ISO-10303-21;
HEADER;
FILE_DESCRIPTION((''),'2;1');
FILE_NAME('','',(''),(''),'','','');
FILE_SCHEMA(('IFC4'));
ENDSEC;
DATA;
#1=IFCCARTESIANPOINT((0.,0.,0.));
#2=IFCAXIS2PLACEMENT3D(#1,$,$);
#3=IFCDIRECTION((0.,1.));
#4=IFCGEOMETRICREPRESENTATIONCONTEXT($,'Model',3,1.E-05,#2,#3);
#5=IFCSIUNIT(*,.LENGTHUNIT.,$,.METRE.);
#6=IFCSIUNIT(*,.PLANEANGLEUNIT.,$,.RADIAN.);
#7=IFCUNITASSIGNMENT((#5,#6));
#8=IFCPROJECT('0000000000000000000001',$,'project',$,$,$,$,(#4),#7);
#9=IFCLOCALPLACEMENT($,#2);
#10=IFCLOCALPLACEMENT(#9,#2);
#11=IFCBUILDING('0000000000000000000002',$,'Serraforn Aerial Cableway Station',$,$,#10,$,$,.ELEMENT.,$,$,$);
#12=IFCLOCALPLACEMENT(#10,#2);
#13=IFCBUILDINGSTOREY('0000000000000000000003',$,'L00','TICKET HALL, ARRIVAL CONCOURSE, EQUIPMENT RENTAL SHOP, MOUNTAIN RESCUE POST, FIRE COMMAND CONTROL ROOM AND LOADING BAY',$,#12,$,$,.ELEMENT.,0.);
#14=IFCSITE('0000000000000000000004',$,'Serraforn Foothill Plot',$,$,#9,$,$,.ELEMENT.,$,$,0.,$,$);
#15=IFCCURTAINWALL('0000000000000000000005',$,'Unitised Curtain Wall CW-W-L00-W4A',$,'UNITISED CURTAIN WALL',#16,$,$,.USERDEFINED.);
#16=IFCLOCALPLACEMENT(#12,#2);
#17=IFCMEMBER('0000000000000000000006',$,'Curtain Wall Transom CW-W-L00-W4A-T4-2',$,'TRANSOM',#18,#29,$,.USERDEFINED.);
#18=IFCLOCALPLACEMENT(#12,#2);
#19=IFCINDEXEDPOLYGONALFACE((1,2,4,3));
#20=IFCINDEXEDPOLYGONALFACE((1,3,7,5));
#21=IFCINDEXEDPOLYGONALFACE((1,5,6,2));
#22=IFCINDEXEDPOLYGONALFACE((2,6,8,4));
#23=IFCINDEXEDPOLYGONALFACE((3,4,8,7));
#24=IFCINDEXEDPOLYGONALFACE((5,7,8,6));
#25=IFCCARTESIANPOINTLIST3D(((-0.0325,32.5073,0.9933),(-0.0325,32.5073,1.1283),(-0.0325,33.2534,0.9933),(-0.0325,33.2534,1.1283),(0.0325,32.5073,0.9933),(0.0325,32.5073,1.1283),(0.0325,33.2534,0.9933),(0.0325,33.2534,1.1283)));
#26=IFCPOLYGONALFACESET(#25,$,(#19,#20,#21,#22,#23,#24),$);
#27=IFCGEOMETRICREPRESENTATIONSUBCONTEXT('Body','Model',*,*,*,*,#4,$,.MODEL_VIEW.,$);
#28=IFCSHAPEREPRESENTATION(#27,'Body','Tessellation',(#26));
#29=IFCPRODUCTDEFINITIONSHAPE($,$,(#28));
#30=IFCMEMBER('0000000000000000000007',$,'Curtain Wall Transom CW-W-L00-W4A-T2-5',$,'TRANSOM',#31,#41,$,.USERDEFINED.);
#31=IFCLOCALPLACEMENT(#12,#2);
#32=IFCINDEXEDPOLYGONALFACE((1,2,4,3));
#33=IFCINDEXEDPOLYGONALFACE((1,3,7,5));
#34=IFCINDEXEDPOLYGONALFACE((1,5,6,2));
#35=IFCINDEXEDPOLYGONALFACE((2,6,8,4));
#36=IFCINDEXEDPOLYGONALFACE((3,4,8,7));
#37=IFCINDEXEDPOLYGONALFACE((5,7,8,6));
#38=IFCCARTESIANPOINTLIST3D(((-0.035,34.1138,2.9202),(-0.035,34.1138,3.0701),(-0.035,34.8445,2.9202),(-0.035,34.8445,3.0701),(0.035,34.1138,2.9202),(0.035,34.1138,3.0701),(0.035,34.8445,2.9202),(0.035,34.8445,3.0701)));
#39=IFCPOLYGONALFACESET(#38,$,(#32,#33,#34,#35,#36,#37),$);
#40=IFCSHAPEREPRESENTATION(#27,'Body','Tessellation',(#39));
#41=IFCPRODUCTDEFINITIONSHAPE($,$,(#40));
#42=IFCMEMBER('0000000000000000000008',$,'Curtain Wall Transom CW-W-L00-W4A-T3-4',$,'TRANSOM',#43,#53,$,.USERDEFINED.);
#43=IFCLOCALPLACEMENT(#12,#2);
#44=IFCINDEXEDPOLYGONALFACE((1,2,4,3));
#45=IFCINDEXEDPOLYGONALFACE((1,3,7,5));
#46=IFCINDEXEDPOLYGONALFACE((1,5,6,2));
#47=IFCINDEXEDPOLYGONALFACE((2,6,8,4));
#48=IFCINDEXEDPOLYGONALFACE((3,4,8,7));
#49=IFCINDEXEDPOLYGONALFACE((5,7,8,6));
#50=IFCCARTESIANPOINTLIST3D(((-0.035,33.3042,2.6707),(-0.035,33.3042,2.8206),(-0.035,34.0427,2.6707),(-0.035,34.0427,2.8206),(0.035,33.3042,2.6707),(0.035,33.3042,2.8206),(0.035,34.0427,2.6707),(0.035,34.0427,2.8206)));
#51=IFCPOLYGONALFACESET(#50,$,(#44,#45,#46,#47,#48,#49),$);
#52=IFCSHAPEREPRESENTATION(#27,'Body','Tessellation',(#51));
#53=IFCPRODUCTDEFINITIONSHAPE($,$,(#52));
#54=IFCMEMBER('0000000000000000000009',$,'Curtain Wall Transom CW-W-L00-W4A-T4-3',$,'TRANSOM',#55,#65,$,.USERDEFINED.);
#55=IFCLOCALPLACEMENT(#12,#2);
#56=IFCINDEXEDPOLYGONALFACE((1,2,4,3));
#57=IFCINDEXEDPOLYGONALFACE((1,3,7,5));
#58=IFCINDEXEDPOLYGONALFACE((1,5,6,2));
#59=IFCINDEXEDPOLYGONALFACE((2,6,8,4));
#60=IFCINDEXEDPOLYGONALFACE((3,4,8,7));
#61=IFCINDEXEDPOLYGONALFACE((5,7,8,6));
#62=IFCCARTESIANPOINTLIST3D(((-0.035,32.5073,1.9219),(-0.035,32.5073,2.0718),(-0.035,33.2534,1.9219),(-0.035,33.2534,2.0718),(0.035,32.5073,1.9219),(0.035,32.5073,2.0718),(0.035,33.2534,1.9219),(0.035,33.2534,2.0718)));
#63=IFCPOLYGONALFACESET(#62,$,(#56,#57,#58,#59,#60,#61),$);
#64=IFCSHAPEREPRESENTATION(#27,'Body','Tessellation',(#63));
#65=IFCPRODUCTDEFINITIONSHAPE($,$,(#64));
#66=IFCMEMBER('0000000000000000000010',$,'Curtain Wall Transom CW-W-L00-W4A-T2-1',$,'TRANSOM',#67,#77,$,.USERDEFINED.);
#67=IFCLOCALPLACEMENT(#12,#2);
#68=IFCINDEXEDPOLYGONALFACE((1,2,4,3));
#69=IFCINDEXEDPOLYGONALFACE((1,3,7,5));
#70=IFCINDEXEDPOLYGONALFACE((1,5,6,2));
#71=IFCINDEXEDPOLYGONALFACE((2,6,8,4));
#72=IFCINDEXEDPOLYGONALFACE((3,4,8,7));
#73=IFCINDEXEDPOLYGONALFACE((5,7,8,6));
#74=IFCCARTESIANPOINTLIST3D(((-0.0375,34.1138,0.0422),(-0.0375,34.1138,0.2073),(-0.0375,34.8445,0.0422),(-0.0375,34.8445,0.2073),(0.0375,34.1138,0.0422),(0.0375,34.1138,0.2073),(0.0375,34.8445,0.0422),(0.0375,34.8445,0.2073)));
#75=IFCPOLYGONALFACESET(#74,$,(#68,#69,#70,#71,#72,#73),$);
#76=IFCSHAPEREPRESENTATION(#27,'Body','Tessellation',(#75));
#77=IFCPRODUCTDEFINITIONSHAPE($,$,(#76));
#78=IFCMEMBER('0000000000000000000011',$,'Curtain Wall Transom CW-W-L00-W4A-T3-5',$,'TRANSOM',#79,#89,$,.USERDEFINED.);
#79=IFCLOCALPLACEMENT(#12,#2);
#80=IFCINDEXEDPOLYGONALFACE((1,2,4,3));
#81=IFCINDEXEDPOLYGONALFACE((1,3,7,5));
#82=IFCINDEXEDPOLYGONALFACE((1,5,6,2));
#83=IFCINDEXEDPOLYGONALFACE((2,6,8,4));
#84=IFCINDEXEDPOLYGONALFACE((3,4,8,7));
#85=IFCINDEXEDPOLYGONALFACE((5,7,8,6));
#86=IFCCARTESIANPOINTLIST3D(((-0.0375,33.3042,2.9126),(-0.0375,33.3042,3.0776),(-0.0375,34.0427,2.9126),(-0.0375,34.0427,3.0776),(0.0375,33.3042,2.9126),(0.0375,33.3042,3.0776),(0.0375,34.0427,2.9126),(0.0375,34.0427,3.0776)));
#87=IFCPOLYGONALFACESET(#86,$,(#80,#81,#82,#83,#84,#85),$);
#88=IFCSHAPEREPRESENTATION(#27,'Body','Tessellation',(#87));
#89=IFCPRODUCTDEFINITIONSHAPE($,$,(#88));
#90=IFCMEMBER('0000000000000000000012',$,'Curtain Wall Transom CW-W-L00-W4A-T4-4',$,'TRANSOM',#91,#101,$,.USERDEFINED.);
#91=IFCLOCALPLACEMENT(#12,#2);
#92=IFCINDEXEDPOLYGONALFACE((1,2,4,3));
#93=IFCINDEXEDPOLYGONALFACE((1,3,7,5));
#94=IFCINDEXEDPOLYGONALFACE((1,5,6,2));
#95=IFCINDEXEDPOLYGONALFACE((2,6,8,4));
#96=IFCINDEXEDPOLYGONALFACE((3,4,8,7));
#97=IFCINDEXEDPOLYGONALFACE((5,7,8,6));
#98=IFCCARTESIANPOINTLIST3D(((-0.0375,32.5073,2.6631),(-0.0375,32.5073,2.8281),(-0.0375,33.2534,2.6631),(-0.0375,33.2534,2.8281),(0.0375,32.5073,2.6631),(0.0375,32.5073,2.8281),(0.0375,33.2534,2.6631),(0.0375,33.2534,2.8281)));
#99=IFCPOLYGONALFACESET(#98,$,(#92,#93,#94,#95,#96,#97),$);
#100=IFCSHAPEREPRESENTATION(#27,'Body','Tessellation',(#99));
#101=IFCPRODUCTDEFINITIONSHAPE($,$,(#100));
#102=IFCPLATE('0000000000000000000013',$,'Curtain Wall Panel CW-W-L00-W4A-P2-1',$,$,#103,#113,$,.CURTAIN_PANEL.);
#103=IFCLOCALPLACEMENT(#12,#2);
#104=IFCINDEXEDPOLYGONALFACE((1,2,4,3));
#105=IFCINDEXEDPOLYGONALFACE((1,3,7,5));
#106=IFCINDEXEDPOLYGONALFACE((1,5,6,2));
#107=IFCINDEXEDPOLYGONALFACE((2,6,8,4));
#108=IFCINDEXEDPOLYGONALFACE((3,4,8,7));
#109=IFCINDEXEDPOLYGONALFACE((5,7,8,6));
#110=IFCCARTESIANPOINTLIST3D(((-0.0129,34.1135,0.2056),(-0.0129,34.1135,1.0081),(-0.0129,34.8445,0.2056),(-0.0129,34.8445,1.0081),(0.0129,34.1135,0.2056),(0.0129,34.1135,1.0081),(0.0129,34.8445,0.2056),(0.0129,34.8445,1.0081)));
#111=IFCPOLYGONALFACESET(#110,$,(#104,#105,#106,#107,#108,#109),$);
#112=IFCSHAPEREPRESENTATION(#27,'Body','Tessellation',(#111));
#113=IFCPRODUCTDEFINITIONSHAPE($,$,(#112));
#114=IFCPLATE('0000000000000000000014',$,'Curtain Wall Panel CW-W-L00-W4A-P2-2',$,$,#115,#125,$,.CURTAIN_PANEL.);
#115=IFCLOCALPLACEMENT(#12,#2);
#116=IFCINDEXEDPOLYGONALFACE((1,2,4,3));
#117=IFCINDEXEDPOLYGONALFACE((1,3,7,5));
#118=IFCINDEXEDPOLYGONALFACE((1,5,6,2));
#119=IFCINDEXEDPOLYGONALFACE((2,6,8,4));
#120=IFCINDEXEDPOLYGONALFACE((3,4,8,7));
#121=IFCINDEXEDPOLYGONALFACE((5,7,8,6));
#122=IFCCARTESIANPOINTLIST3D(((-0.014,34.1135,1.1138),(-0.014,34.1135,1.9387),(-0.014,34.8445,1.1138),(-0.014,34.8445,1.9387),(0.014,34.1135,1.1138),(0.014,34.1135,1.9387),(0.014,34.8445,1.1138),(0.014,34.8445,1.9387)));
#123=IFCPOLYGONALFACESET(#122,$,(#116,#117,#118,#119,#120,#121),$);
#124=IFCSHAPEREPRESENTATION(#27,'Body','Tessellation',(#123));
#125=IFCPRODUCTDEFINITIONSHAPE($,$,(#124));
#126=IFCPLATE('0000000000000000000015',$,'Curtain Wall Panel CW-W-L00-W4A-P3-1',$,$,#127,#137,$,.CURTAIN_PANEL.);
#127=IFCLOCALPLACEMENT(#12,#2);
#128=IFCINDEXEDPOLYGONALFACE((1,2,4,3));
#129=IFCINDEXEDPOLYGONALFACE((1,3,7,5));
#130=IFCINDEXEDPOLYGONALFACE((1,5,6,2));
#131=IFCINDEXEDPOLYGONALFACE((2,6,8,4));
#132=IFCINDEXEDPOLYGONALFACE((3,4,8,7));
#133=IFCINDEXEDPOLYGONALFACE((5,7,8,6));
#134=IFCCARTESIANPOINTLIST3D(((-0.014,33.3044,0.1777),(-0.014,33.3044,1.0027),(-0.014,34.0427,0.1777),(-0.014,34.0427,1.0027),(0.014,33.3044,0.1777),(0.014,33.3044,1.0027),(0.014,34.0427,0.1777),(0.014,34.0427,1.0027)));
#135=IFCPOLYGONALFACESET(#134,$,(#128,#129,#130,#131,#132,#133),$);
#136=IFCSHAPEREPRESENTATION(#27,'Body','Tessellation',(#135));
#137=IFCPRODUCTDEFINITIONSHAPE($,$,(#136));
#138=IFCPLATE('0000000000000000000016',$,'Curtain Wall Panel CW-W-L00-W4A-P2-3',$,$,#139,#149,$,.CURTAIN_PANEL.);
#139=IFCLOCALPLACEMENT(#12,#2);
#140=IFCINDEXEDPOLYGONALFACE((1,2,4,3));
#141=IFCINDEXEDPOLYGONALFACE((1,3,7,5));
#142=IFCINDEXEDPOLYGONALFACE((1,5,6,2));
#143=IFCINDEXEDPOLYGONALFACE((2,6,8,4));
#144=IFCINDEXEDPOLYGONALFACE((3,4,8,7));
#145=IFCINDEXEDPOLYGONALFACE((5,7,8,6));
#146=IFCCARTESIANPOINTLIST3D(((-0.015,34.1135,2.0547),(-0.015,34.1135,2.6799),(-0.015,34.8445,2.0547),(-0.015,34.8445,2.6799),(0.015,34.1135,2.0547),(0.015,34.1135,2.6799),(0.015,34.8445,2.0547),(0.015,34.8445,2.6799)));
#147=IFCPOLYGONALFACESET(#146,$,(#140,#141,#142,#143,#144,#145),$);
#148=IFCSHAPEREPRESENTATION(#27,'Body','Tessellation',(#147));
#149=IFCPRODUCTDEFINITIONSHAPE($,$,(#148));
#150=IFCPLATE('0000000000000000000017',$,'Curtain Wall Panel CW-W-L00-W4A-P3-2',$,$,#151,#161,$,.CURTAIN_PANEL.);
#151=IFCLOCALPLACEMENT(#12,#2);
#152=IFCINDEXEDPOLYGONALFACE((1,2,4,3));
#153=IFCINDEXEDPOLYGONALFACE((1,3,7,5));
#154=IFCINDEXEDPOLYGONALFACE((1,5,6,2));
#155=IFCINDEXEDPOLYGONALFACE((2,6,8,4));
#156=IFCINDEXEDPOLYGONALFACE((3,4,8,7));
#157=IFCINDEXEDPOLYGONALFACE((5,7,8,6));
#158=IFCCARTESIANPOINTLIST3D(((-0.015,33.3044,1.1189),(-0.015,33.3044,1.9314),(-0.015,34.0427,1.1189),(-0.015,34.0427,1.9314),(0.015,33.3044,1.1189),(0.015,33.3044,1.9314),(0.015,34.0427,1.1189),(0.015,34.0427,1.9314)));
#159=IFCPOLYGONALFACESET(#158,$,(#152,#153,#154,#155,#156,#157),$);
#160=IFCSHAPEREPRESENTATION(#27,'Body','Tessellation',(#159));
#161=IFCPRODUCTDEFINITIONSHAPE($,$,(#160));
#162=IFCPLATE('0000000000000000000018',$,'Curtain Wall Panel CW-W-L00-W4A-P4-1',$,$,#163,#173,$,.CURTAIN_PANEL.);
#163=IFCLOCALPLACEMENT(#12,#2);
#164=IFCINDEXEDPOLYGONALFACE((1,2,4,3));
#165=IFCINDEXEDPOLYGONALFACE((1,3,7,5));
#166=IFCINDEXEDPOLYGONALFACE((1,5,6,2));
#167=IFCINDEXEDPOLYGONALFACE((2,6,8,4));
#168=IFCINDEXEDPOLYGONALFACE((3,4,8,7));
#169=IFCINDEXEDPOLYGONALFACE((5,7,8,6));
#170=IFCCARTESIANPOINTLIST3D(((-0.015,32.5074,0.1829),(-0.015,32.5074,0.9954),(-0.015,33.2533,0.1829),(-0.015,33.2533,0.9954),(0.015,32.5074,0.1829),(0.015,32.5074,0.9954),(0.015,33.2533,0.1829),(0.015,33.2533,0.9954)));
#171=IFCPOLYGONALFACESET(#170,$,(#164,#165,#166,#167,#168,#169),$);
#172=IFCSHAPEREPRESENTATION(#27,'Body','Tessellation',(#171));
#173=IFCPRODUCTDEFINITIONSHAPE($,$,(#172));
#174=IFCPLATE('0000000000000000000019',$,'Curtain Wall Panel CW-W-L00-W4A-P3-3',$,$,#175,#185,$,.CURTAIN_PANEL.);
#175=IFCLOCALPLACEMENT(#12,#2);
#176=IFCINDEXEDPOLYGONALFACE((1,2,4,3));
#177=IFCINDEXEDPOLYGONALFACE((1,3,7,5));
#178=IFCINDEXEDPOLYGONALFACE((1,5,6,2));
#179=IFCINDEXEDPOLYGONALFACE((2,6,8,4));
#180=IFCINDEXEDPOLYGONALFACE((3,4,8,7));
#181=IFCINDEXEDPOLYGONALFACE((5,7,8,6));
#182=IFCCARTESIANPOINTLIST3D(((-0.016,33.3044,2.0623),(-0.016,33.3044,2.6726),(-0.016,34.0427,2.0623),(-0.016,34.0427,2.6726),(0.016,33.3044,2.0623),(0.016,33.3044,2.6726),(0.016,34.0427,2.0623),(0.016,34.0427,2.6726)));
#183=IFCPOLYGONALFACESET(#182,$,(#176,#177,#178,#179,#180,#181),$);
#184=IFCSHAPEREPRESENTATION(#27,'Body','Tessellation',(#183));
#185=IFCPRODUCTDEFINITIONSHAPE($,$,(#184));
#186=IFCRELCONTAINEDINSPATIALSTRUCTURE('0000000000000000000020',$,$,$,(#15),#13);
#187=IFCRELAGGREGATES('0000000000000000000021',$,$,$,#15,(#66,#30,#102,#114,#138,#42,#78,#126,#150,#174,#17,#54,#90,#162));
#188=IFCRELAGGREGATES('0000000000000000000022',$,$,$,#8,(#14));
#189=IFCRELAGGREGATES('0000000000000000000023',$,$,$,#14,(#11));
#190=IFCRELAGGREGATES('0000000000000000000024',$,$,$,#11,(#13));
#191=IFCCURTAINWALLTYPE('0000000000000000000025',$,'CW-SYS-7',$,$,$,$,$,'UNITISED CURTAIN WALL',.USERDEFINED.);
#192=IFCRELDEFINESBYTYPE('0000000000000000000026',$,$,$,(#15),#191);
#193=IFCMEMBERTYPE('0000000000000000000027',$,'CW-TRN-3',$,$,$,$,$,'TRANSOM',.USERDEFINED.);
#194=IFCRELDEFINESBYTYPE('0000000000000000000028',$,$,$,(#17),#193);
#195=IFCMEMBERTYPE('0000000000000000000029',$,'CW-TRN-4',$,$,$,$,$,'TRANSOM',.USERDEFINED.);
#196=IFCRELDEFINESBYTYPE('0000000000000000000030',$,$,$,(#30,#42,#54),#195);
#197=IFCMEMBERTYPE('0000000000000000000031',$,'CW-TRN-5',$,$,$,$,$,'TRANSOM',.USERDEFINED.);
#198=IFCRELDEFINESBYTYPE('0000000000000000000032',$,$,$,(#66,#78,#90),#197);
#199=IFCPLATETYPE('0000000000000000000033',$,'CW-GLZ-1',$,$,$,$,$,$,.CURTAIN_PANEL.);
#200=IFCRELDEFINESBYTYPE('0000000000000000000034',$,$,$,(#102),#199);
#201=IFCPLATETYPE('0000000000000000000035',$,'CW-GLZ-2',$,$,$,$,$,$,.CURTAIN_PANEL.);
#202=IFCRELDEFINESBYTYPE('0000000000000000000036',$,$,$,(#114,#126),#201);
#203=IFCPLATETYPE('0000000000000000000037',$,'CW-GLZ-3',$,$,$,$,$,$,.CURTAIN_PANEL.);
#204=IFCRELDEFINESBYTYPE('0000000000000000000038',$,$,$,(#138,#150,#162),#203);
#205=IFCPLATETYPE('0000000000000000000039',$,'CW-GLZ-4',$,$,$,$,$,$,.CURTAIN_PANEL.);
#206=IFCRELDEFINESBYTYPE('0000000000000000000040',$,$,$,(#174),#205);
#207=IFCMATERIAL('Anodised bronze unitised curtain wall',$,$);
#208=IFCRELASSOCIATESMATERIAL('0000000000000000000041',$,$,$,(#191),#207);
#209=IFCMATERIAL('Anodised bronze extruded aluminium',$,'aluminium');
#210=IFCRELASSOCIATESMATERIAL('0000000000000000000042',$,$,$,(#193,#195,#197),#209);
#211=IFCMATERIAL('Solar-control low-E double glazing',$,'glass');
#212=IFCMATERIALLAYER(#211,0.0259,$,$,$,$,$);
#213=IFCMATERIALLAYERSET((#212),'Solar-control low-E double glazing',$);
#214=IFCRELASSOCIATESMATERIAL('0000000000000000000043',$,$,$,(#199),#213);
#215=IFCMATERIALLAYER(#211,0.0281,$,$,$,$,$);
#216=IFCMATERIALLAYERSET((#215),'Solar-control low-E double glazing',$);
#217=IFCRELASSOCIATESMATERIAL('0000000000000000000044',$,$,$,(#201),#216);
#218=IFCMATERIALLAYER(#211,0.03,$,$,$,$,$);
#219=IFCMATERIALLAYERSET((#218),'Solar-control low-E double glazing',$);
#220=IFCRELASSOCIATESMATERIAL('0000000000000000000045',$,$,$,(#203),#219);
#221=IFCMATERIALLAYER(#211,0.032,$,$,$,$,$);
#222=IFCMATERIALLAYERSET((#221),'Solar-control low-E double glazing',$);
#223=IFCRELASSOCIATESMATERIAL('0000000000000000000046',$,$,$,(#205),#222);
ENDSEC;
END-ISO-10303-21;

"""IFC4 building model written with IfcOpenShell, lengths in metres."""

from ifc_helpers import new_model, si_unit, direction, frame, origin, origin_2d, place, context, subcontext, project, spatial, rectangle, extrude, material, layer, layer_set, material_profile, profile_set, type_object, element, aggregate, save


model = new_model("IFC4")

# Units and contexts
model_context = context("Model", 3, precision=1e-05, world=origin(), true_north=direction((0.0, 1.0)))
body_context = subcontext(model_context, "Body", "Model", "MODEL_VIEW")
ifc_project = project(units=[si_unit("LENGTHUNIT", "METRE"), si_unit("PLANEANGLEUNIT", "RADIAN")], contexts=[model_context])

# Site, building, storey
site_placement = place(None, origin())
site = spatial("IfcSite", under=ifc_project, at=site_placement, Name="Serraforn Foothill Plot", CompositionType="ELEMENT", RefElevation=0.0)
building_placement = place(site_placement, origin())
building = spatial("IfcBuilding", under=site, at=building_placement, Name="Serraforn Aerial Cableway Station", CompositionType="ELEMENT")
storey_placement = place(building_placement, origin())
storey = spatial("IfcBuildingStorey", under=building, at=storey_placement, Name="L00", Description="TICKET HALL, ARRIVAL CONCOURSE, EQUIPMENT RENTAL SHOP, MOUNTAIN RESCUE POST, FIRE COMMAND CONTROL ROOM AND LOADING BAY", CompositionType="ELEMENT", Elevation=0.0)

# Curtain wall, members, plates
ifc_material_1 = material(Name="Anodised bronze unitised curtain wall")
curtain_wall_type = type_object("IfcCurtainWallType", Name="CW-SYS-7", ElementType="UNITISED CURTAIN WALL", PredefinedType="USERDEFINED", material=ifc_material_1)
curtain_wall_placement = place(storey_placement, origin())
curtain_wall = element("IfcCurtainWall", 1, at=curtain_wall_placement, inside=storey, type_object=curtain_wall_type, Name="Unitised Curtain Wall CW-W-L00-W4A", ObjectType="UNITISED CURTAIN WALL", PredefinedType="USERDEFINED")
ifc_material_2 = material(Name="Anodised bronze extruded aluminium", Category="aluminium")
ifc_material_profile_1 = material_profile(ifc_material_2, rectangle(XDim=0.0649, YDim=0.135, at=origin_2d()), Name="CW TRANSOM 65x135")
ifc_profile_set_1 = profile_set([ifc_material_profile_1], Name="Anodised bronze extruded aluminium")
member_type_1 = type_object("IfcMemberType", Name="CW-TRN-3", ElementType="TRANSOM", PredefinedType="USERDEFINED", material=ifc_profile_set_1)
member_1_placement = place(storey_placement, frame((0.0, 33.2534, 1.0608), z_axis=(0.0, -1.0, 0.0), x_axis=(1.0, 0.0, 0.0)))
member_1 = element("IfcMember", 2, at=member_1_placement, type_object=member_type_1, Name="Curtain Wall Transom CW-W-L00-W4A-T4-2", ObjectType="TRANSOM", PredefinedType="USERDEFINED", context=body_context, shape_type="SweptSolid", body=[
    extrude(rectangle(XDim=0.0649, YDim=0.135, at=origin_2d()), origin(), (0.0, 0.0, 1.0), 0.7461),
])
ifc_material_profile_2 = material_profile(ifc_material_2, rectangle(XDim=0.0701, YDim=0.1499, at=origin_2d()), Name="CW TRANSOM 70x150")
ifc_profile_set_2 = profile_set([ifc_material_profile_2], Name="Anodised bronze extruded aluminium")
member_type_2 = type_object("IfcMemberType", Name="CW-TRN-4", ElementType="TRANSOM", PredefinedType="USERDEFINED", material=ifc_profile_set_2)
member_2_placement = place(storey_placement, frame((0.0, 34.8445, 2.9951), z_axis=(0.0, -1.0, 0.0), x_axis=(1.0, 0.0, 0.0)))
member_2 = element("IfcMember", 3, at=member_2_placement, type_object=member_type_2, Name="Curtain Wall Transom CW-W-L00-W4A-T2-5", ObjectType="TRANSOM", PredefinedType="USERDEFINED", context=body_context, shape_type="SweptSolid", body=[
    extrude(rectangle(XDim=0.0701, YDim=0.1499, at=origin_2d()), origin(), (0.0, 0.0, 1.0), 0.7307),
])
member_3_placement = place(storey_placement, frame((0.0, 34.0427, 2.7456), z_axis=(0.0, -1.0, 0.0), x_axis=(1.0, 0.0, 0.0)))
member_3 = element("IfcMember", 4, at=member_3_placement, type_object=member_type_2, Name="Curtain Wall Transom CW-W-L00-W4A-T3-4", ObjectType="TRANSOM", PredefinedType="USERDEFINED", context=body_context, shape_type="SweptSolid", body=[
    extrude(rectangle(XDim=0.0701, YDim=0.1499, at=origin_2d()), origin(), (0.0, 0.0, 1.0), 0.7385),
])
member_4_placement = place(storey_placement, frame((0.0, 33.2534, 1.9968), z_axis=(0.0, -1.0, 0.0), x_axis=(1.0, 0.0, 0.0)))
member_4 = element("IfcMember", 5, at=member_4_placement, type_object=member_type_2, Name="Curtain Wall Transom CW-W-L00-W4A-T4-3", ObjectType="TRANSOM", PredefinedType="USERDEFINED", context=body_context, shape_type="SweptSolid", body=[
    extrude(rectangle(XDim=0.0701, YDim=0.1499, at=origin_2d()), origin(), (0.0, 0.0, 1.0), 0.7461),
])
ifc_material_profile_3 = material_profile(ifc_material_2, rectangle(XDim=0.075, YDim=0.165, at=origin_2d()), Name="CW TRANSOM 75x165")
ifc_profile_set_3 = profile_set([ifc_material_profile_3], Name="Anodised bronze extruded aluminium")
member_type_3 = type_object("IfcMemberType", Name="CW-TRN-5", ElementType="TRANSOM", PredefinedType="USERDEFINED", material=ifc_profile_set_3)
member_5_placement = place(storey_placement, frame((0.0, 34.8445, 0.1248), z_axis=(0.0, -1.0, 0.0), x_axis=(1.0, 0.0, 0.0)))
member_5 = element("IfcMember", 6, at=member_5_placement, type_object=member_type_3, Name="Curtain Wall Transom CW-W-L00-W4A-T2-1", ObjectType="TRANSOM", PredefinedType="USERDEFINED", context=body_context, shape_type="SweptSolid", body=[
    extrude(rectangle(XDim=0.075, YDim=0.165, at=origin_2d()), origin(), (0.0, 0.0, 1.0), 0.7307),
])
member_6_placement = place(storey_placement, frame((0.0, 34.0427, 2.9951), z_axis=(0.0, -1.0, 0.0), x_axis=(1.0, 0.0, 0.0)))
member_6 = element("IfcMember", 7, at=member_6_placement, type_object=member_type_3, Name="Curtain Wall Transom CW-W-L00-W4A-T3-5", ObjectType="TRANSOM", PredefinedType="USERDEFINED", context=body_context, shape_type="SweptSolid", body=[
    extrude(rectangle(XDim=0.075, YDim=0.165, at=origin_2d()), origin(), (0.0, 0.0, 1.0), 0.7385),
])
member_7_placement = place(storey_placement, frame((0.0, 33.2534, 2.7456), z_axis=(0.0, -1.0, 0.0), x_axis=(1.0, 0.0, 0.0)))
member_7 = element("IfcMember", 8, at=member_7_placement, type_object=member_type_3, Name="Curtain Wall Transom CW-W-L00-W4A-T4-4", ObjectType="TRANSOM", PredefinedType="USERDEFINED", context=body_context, shape_type="SweptSolid", body=[
    extrude(rectangle(XDim=0.075, YDim=0.165, at=origin_2d()), origin(), (0.0, 0.0, 1.0), 0.7461),
])
ifc_material_3 = material(Name="Solar-control low-E double glazing", Category="glass")
ifc_layer_1 = layer(ifc_material_3, 0.0259)
ifc_layer_set_1 = layer_set([ifc_layer_1], Name="Solar-control low-E double glazing")
plate_type_1 = type_object("IfcPlateType", Name="CW-GLZ-1", PredefinedType="CURTAIN_PANEL", material=ifc_layer_set_1)
plate_1_placement = place(storey_placement, frame((0.0, 34.479, 0.2056), z_axis=(0.0, 0.0, 1.0), x_axis=(1.0, 0.0, 0.0)))
plate_1 = element("IfcPlate", 9, at=plate_1_placement, type_object=plate_type_1, Name="Curtain Wall Panel CW-W-L00-W4A-P2-1", PredefinedType="CURTAIN_PANEL", context=body_context, shape_type="SweptSolid", body=[
    extrude(rectangle(XDim=0.0259, YDim=0.731, at=origin_2d()), origin(), (0.0, 0.0, 1.0), 0.8025),
])
ifc_layer_2 = layer(ifc_material_3, 0.0281)
ifc_layer_set_2 = layer_set([ifc_layer_2], Name="Solar-control low-E double glazing")
plate_type_2 = type_object("IfcPlateType", Name="CW-GLZ-2", PredefinedType="CURTAIN_PANEL", material=ifc_layer_set_2)
plate_2_placement = place(storey_placement, frame((0.0, 34.479, 1.1138), z_axis=(0.0, 0.0, 1.0), x_axis=(1.0, 0.0, 0.0)))
plate_2 = element("IfcPlate", 10, at=plate_2_placement, type_object=plate_type_2, Name="Curtain Wall Panel CW-W-L00-W4A-P2-2", PredefinedType="CURTAIN_PANEL", context=body_context, shape_type="SweptSolid", body=[
    extrude(rectangle(XDim=0.0281, YDim=0.731, at=origin_2d()), origin(), (0.0, 0.0, 1.0), 0.825),
])
plate_3_placement = place(storey_placement, frame((0.0, 33.6736, 0.1777), z_axis=(0.0, 0.0, 1.0), x_axis=(1.0, 0.0, 0.0)))
plate_3 = element("IfcPlate", 11, at=plate_3_placement, type_object=plate_type_2, Name="Curtain Wall Panel CW-W-L00-W4A-P3-1", PredefinedType="CURTAIN_PANEL", context=body_context, shape_type="SweptSolid", body=[
    extrude(rectangle(XDim=0.0281, YDim=0.7383, at=origin_2d()), origin(), (0.0, 0.0, 1.0), 0.825),
])
ifc_layer_3 = layer(ifc_material_3, 0.03)
ifc_layer_set_3 = layer_set([ifc_layer_3], Name="Solar-control low-E double glazing")
plate_type_3 = type_object("IfcPlateType", Name="CW-GLZ-3", PredefinedType="CURTAIN_PANEL", material=ifc_layer_set_3)
plate_4_placement = place(storey_placement, frame((0.0, 34.479, 2.0547), z_axis=(0.0, 0.0, 1.0), x_axis=(1.0, 0.0, 0.0)))
plate_4 = element("IfcPlate", 12, at=plate_4_placement, type_object=plate_type_3, Name="Curtain Wall Panel CW-W-L00-W4A-P2-3", PredefinedType="CURTAIN_PANEL", context=body_context, shape_type="SweptSolid", body=[
    extrude(rectangle(XDim=0.03, YDim=0.731, at=origin_2d()), origin(), (0.0, 0.0, 1.0), 0.6252),
])
plate_5_placement = place(storey_placement, frame((0.0, 33.6736, 1.1189), z_axis=(0.0, 0.0, 1.0), x_axis=(1.0, 0.0, 0.0)))
plate_5 = element("IfcPlate", 13, at=plate_5_placement, type_object=plate_type_3, Name="Curtain Wall Panel CW-W-L00-W4A-P3-2", PredefinedType="CURTAIN_PANEL", context=body_context, shape_type="SweptSolid", body=[
    extrude(rectangle(XDim=0.03, YDim=0.7383, at=origin_2d()), origin(), (0.0, 0.0, 1.0), 0.8125),
])
plate_6_placement = place(storey_placement, frame((0.0, 32.8804, 0.1829), z_axis=(0.0, 0.0, 1.0), x_axis=(1.0, 0.0, 0.0)))
plate_6 = element("IfcPlate", 14, at=plate_6_placement, type_object=plate_type_3, Name="Curtain Wall Panel CW-W-L00-W4A-P4-1", PredefinedType="CURTAIN_PANEL", context=body_context, shape_type="SweptSolid", body=[
    extrude(rectangle(XDim=0.03, YDim=0.7458, at=origin_2d()), origin(), (0.0, 0.0, 1.0), 0.8125),
])
ifc_layer_4 = layer(ifc_material_3, 0.032)
ifc_layer_set_4 = layer_set([ifc_layer_4], Name="Solar-control low-E double glazing")
plate_type_4 = type_object("IfcPlateType", Name="CW-GLZ-4", PredefinedType="CURTAIN_PANEL", material=ifc_layer_set_4)
plate_7_placement = place(storey_placement, frame((0.0, 33.6736, 2.0623), z_axis=(0.0, 0.0, 1.0), x_axis=(1.0, 0.0, 0.0)))
plate_7 = element("IfcPlate", 15, at=plate_7_placement, type_object=plate_type_4, Name="Curtain Wall Panel CW-W-L00-W4A-P3-3", PredefinedType="CURTAIN_PANEL", context=body_context, shape_type="SweptSolid", body=[
    extrude(rectangle(XDim=0.032, YDim=0.7383, at=origin_2d()), origin(), (0.0, 0.0, 1.0), 0.6104),
])
aggregate(curtain_wall, [member_5, member_2, plate_1, plate_2, plate_4, member_3, member_6, plate_3, plate_5, plate_7, member_1, member_4, member_7, plate_6])

save(model, "model.ifc")
